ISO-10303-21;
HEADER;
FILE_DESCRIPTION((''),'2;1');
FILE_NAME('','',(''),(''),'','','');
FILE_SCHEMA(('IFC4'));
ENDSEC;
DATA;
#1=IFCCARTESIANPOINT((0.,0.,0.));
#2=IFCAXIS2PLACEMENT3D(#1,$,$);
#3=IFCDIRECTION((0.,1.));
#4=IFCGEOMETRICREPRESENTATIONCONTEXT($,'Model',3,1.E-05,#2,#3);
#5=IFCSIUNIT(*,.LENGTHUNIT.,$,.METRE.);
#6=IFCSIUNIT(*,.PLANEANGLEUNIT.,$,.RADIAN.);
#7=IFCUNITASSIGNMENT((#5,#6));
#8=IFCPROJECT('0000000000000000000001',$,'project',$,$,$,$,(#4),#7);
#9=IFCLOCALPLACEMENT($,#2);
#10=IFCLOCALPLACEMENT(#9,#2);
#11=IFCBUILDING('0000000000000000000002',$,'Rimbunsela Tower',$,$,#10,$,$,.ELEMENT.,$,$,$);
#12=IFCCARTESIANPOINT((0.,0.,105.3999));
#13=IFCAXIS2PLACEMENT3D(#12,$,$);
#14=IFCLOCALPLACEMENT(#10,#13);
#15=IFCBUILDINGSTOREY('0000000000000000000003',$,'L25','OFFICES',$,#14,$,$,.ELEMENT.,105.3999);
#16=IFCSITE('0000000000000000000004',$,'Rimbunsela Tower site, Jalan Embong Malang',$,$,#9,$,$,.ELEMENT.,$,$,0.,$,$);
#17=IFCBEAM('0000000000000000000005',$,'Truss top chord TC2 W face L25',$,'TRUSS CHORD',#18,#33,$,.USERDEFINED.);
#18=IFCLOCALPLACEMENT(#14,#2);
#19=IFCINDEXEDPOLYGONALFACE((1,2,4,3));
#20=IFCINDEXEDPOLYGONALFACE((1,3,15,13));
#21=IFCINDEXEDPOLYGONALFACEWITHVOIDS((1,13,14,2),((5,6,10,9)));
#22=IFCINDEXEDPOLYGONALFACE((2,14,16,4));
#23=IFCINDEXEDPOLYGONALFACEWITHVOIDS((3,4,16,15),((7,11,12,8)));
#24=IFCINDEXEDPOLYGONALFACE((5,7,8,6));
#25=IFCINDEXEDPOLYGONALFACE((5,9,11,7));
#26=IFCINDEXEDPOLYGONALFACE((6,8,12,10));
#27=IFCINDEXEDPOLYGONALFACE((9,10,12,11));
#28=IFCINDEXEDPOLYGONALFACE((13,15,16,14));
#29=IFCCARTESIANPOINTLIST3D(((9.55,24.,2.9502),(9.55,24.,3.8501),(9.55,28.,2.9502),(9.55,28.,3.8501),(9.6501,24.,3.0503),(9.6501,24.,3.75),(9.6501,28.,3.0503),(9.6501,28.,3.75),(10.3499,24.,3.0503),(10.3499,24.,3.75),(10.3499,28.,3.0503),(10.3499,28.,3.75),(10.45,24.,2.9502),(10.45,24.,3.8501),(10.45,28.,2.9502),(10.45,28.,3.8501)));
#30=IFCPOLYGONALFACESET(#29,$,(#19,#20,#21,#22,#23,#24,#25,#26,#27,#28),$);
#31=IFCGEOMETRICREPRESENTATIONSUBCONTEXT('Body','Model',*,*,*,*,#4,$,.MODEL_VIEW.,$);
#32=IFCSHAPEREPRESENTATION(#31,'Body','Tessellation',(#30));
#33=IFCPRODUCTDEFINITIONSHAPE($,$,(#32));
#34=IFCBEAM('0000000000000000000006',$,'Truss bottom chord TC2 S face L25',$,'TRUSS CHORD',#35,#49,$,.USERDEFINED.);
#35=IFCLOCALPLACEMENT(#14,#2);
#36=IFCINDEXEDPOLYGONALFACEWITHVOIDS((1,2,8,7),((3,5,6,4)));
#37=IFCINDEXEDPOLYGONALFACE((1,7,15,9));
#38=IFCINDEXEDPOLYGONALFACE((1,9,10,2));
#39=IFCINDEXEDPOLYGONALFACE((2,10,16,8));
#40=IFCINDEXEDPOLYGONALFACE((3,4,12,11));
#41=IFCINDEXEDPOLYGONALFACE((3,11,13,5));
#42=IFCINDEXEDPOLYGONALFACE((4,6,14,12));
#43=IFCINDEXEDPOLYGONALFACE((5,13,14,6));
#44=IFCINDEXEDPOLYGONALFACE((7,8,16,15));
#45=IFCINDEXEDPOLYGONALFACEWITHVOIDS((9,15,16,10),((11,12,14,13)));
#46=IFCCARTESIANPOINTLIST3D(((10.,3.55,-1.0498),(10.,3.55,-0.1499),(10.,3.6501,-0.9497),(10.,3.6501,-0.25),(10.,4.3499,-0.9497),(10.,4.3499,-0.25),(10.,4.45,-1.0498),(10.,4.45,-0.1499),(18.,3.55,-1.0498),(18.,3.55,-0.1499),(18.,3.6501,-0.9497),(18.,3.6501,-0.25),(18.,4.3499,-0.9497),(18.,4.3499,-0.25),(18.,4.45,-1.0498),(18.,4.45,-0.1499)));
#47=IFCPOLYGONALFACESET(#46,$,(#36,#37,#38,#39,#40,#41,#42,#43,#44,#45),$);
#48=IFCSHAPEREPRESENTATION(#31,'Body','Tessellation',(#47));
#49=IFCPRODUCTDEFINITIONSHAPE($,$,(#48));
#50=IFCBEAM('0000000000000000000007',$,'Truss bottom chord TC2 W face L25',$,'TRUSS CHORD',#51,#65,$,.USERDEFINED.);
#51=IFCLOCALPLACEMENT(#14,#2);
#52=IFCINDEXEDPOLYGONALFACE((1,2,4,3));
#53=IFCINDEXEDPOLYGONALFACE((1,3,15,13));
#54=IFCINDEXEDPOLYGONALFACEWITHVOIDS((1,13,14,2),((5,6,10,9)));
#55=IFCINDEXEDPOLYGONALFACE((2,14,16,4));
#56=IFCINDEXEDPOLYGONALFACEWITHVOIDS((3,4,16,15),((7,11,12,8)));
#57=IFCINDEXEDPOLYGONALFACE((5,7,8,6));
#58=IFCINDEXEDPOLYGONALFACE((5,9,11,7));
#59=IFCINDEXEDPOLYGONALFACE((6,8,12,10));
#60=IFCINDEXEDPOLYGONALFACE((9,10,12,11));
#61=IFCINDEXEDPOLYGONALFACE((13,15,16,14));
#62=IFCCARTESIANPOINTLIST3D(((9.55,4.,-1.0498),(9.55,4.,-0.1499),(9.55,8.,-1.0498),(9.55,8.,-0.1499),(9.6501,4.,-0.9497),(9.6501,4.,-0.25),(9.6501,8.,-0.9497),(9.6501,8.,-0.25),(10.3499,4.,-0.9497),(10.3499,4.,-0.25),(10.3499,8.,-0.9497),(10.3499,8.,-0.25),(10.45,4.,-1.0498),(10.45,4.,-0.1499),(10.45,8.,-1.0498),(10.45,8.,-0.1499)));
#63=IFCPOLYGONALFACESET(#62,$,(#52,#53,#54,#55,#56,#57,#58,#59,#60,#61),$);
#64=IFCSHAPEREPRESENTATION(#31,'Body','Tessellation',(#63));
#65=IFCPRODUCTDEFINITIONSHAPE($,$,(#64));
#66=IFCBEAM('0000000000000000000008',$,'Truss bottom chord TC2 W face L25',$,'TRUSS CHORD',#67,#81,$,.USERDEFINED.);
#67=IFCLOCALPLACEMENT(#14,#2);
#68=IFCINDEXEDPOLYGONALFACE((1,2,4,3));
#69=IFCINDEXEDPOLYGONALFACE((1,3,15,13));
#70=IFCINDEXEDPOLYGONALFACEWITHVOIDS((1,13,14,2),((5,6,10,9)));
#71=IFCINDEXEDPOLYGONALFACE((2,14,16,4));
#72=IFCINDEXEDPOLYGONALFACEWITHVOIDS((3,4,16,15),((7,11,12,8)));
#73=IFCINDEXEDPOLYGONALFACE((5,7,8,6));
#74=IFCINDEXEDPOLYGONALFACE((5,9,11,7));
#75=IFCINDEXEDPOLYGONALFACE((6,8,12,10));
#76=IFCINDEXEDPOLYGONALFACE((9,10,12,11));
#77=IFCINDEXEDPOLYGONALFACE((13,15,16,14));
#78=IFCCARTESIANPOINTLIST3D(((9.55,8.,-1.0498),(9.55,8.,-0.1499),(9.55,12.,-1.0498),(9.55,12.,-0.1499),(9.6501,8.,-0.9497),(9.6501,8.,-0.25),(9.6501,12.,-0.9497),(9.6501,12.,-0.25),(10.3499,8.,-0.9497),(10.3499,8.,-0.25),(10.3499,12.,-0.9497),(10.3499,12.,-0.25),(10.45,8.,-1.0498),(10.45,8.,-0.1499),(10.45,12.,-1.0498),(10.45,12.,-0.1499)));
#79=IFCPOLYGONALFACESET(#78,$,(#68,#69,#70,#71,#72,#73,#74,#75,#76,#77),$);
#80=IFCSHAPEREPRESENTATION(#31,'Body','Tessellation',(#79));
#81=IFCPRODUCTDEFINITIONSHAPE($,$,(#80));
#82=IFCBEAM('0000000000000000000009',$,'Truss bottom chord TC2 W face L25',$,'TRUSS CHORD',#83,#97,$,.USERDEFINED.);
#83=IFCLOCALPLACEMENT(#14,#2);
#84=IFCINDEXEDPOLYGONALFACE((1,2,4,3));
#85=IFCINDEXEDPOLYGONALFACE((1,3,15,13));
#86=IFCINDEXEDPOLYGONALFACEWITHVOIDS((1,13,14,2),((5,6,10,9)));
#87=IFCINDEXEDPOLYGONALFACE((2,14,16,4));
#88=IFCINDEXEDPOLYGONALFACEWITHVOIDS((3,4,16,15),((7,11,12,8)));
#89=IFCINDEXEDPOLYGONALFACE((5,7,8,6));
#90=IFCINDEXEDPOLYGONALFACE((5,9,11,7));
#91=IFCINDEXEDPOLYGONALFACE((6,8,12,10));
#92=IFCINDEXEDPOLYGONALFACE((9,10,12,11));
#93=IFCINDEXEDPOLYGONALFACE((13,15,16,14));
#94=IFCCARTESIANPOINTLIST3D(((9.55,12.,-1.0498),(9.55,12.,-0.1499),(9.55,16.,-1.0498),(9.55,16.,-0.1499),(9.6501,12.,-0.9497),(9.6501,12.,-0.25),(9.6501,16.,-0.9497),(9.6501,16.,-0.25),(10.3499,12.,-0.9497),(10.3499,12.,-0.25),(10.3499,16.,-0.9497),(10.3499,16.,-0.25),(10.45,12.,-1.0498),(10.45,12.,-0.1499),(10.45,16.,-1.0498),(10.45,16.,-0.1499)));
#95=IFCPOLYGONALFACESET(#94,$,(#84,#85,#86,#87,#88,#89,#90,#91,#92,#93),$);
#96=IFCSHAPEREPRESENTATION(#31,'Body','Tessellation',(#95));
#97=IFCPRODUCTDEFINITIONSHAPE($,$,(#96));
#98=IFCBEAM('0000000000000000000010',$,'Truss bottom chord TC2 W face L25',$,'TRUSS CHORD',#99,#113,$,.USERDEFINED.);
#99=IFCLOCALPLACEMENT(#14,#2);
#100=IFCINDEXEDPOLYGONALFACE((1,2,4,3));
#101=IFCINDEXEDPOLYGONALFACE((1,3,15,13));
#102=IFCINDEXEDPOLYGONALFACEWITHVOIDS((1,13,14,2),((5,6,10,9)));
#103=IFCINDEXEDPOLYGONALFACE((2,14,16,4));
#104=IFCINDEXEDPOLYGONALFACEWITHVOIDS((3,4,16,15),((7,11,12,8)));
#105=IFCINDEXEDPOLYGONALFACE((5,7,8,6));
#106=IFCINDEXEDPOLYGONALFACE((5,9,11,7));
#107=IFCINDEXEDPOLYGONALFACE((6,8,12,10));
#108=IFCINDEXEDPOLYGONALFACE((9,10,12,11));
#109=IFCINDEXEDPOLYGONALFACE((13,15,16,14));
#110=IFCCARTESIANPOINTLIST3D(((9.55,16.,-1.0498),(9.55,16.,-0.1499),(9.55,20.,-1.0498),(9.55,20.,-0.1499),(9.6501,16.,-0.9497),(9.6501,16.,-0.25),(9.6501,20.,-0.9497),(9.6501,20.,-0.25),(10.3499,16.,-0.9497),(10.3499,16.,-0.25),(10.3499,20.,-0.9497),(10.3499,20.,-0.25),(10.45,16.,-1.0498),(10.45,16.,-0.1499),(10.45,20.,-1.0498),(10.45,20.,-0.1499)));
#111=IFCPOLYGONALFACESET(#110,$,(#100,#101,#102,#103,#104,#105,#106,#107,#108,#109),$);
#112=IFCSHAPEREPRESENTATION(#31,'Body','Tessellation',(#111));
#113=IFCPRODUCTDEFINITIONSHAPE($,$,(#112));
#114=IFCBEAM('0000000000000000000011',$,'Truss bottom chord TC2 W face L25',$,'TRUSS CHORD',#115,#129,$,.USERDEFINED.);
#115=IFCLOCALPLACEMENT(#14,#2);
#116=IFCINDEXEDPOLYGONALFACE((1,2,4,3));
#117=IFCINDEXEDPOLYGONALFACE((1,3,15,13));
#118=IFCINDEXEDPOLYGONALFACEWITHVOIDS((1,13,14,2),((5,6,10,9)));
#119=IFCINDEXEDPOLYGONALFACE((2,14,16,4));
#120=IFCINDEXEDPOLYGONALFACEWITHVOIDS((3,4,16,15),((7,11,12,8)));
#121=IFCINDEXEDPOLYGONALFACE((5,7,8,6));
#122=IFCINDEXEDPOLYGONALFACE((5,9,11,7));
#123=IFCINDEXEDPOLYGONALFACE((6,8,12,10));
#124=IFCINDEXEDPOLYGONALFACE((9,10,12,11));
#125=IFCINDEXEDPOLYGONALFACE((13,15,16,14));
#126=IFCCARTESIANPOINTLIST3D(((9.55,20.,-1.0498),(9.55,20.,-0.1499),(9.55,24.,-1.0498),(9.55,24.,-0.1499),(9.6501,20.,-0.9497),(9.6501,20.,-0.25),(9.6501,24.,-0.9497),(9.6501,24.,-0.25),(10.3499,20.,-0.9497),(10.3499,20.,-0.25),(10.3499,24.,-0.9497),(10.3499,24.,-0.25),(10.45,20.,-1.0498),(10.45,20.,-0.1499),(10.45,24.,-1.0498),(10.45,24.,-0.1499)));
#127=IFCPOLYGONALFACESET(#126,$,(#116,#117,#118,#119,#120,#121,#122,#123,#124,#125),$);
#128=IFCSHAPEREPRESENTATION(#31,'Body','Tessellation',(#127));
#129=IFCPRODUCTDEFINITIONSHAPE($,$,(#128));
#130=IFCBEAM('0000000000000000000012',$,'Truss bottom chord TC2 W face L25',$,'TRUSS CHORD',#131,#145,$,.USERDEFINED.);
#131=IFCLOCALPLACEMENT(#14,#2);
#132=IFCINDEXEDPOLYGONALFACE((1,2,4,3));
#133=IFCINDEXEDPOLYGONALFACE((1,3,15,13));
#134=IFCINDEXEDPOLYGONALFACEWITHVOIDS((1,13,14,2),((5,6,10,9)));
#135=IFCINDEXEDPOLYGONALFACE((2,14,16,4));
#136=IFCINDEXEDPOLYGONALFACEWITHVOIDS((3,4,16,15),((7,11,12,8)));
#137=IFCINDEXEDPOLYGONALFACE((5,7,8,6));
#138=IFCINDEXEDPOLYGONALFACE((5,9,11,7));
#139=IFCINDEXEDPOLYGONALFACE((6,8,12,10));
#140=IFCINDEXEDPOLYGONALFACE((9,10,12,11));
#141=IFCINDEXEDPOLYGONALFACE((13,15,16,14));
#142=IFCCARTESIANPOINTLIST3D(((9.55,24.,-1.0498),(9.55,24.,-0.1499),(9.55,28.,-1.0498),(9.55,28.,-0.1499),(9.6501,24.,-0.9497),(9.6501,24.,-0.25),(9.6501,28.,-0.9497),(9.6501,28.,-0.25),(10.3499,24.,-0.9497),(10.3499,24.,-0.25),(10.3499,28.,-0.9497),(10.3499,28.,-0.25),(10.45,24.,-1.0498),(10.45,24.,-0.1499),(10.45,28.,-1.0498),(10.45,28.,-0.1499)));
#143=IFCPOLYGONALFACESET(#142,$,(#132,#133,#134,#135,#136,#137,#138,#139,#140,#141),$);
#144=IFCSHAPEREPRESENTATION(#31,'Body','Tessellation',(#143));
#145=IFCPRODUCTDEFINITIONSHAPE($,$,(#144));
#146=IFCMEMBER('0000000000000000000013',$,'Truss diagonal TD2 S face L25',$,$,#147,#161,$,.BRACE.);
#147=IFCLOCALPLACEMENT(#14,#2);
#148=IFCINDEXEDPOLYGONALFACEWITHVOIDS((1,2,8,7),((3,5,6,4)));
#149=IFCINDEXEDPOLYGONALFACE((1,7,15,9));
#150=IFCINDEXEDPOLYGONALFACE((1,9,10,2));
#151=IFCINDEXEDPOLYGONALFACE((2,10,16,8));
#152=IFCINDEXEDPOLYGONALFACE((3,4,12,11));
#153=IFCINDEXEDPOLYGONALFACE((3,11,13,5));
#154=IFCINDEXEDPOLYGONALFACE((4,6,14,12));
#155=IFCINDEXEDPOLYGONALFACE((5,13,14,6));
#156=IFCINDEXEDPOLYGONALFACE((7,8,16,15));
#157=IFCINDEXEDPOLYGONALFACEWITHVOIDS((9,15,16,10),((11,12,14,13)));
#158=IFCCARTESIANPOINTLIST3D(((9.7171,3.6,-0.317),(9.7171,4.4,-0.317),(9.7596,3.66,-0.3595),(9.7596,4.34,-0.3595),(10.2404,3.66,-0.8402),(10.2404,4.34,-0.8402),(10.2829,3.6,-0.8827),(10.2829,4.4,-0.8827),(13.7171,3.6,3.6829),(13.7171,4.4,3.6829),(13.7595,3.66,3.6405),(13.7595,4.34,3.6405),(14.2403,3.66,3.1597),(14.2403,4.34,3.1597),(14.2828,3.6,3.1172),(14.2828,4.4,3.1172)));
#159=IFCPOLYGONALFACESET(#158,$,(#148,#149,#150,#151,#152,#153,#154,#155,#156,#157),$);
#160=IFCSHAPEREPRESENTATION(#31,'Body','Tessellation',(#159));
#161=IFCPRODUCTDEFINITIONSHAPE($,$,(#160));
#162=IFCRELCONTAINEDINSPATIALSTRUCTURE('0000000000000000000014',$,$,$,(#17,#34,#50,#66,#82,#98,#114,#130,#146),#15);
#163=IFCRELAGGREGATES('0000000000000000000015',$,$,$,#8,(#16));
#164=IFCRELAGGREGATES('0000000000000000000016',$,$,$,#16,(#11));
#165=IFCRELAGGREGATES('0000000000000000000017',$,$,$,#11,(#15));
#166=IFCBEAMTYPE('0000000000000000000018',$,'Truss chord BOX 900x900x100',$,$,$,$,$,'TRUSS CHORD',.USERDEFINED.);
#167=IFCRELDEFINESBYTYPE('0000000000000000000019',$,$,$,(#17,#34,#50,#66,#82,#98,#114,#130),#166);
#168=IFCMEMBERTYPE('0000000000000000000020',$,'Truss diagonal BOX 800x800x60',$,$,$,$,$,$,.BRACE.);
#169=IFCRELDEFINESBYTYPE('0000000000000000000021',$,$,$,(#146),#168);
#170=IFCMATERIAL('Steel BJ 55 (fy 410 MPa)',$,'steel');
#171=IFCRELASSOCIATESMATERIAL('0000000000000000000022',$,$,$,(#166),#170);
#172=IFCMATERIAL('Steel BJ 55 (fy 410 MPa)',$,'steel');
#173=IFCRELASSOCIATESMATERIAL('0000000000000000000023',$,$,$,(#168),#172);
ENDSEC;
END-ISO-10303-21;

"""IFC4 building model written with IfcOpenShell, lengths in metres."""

from ifc_helpers import new_model, si_unit, direction, frame, origin, origin_2d, place, context, subcontext, project, spatial, hollow_rectangle, extrude, material, material_profile, profile_set, type_object, element, save


model = new_model("IFC4")

# Units and contexts
model_context = context("Model", 3, precision=1e-05, world=origin(), true_north=direction((0.0, 1.0)))
body_context = subcontext(model_context, "Body", "Model", "MODEL_VIEW")
ifc_project = project(units=[si_unit("LENGTHUNIT", "METRE"), si_unit("PLANEANGLEUNIT", "RADIAN")], contexts=[model_context])

# Site, building, storey
site_placement = place(None, origin())
site = spatial("IfcSite", under=ifc_project, at=site_placement, Name="Rimbunsela Tower site, Jalan Embong Malang", CompositionType="ELEMENT", RefElevation=0.0)
building_placement = place(site_placement, origin())
building = spatial("IfcBuilding", under=site, at=building_placement, Name="Rimbunsela Tower", CompositionType="ELEMENT")
storey_placement = place(building_placement, frame((0.0, 0.0, 105.3999)))
storey = spatial("IfcBuildingStorey", under=building, at=storey_placement, Name="L25", Description="OFFICES", CompositionType="ELEMENT", Elevation=105.3999)

# Beams
ifc_material_1 = material(Name="Steel BJ 55 (fy 410 MPa)", Category="steel")
ifc_material_profile_1 = material_profile(ifc_material_1, hollow_rectangle(XDim=0.8999, YDim=0.8999, WallThickness=0.1001, at=origin_2d()), Name="BOX 900x900x100")
ifc_profile_set_1 = profile_set([ifc_material_profile_1], Name="Steel BJ 55 (fy 410 MPa)")
beam_type_1 = type_object("IfcBeamType", Name="Truss chord BOX 900x900x100", ElementType="TRUSS CHORD", PredefinedType="USERDEFINED", material=ifc_profile_set_1)
for number, where, z_axis, x_axis, name in (
    (1, (10.0, 24.0, 3.4001), (0.0, 1.0, 0.0), (-1.0, 0.0, 0.0), "Truss top chord TC2 W face L25"),
):
    element("IfcBeam", number, at=place(storey_placement, frame(where, z_axis=z_axis, x_axis=x_axis)), inside=storey, type_object=beam_type_1, Name=name, ObjectType="TRUSS CHORD", PredefinedType="USERDEFINED", context=body_context, shape_type="SweptSolid", body=[
        extrude(hollow_rectangle(XDim=0.8999, YDim=0.8999, WallThickness=0.1001, at=origin_2d()), origin(), (0.0, 0.0, 1.0), 4.0),
    ])
beam_placement = place(storey_placement, frame((10.0, 4.0, -0.5999), z_axis=(1.0, 0.0, 0.0), x_axis=(0.0, 1.0, 0.0)))
element("IfcBeam", 2, at=beam_placement, inside=storey, type_object=beam_type_1, Name="Truss bottom chord TC2 S face L25", ObjectType="TRUSS CHORD", PredefinedType="USERDEFINED", context=body_context, shape_type="SweptSolid", body=[
    extrude(hollow_rectangle(XDim=0.8999, YDim=0.8999, WallThickness=0.1001, at=origin_2d()), origin(), (0.0, 0.0, 1.0), 8.0),
])
for number, where, z_axis, x_axis, name in (
    (3, (10.0, 4.0, -0.5999), (0.0, 1.0, 0.0), (-1.0, 0.0, 0.0), "Truss bottom chord TC2 W face L25"),
    (4, (10.0, 8.0, -0.5999), (0.0, 1.0, 0.0), (-1.0, 0.0, 0.0), "Truss bottom chord TC2 W face L25"),
    (5, (10.0, 12.0, -0.5999), (0.0, 1.0, 0.0), (-1.0, 0.0, 0.0), "Truss bottom chord TC2 W face L25"),
    (6, (10.0, 16.0, -0.5999), (0.0, 1.0, 0.0), (-1.0, 0.0, 0.0), "Truss bottom chord TC2 W face L25"),
    (7, (10.0, 20.0, -0.5999), (0.0, 1.0, 0.0), (-1.0, 0.0, 0.0), "Truss bottom chord TC2 W face L25"),
    (8, (10.0, 24.0, -0.5999), (0.0, 1.0, 0.0), (-1.0, 0.0, 0.0), "Truss bottom chord TC2 W face L25"),
):
    element("IfcBeam", number, at=place(storey_placement, frame(where, z_axis=z_axis, x_axis=x_axis)), inside=storey, type_object=beam_type_1, Name=name, ObjectType="TRUSS CHORD", PredefinedType="USERDEFINED", context=body_context, shape_type="SweptSolid", body=[
        extrude(hollow_rectangle(XDim=0.8999, YDim=0.8999, WallThickness=0.1001, at=origin_2d()), origin(), (0.0, 0.0, 1.0), 4.0),
    ])

# Member
ifc_material_2 = material(Name="Steel BJ 55 (fy 410 MPa)", Category="steel")
ifc_material_profile_2 = material_profile(ifc_material_2, hollow_rectangle(XDim=0.8, YDim=0.8, WallThickness=0.0601, at=origin_2d()), Name="BOX 800x800x60")
ifc_profile_set_2 = profile_set([ifc_material_profile_2], Name="Steel BJ 55 (fy 410 MPa)")
member_type = type_object("IfcMemberType", Name="Truss diagonal BOX 800x800x60", PredefinedType="BRACE", material=ifc_profile_set_2)
member_placement = place(storey_placement, frame((10.0, 4.0, -0.5999), z_axis=(0.707107, 0.0, 0.707107), x_axis=(0.0, 1.0, 0.0)))
element("IfcMember", 9, at=member_placement, inside=storey, type_object=member_type, Name="Truss diagonal TD2 S face L25", PredefinedType="BRACE", context=body_context, shape_type="SweptSolid", body=[
    extrude(hollow_rectangle(XDim=0.8, YDim=0.8, WallThickness=0.0601, at=origin_2d()), origin(), (0.0, 0.0, 1.0), 5.6567),
])

save(model, "model.ifc")
